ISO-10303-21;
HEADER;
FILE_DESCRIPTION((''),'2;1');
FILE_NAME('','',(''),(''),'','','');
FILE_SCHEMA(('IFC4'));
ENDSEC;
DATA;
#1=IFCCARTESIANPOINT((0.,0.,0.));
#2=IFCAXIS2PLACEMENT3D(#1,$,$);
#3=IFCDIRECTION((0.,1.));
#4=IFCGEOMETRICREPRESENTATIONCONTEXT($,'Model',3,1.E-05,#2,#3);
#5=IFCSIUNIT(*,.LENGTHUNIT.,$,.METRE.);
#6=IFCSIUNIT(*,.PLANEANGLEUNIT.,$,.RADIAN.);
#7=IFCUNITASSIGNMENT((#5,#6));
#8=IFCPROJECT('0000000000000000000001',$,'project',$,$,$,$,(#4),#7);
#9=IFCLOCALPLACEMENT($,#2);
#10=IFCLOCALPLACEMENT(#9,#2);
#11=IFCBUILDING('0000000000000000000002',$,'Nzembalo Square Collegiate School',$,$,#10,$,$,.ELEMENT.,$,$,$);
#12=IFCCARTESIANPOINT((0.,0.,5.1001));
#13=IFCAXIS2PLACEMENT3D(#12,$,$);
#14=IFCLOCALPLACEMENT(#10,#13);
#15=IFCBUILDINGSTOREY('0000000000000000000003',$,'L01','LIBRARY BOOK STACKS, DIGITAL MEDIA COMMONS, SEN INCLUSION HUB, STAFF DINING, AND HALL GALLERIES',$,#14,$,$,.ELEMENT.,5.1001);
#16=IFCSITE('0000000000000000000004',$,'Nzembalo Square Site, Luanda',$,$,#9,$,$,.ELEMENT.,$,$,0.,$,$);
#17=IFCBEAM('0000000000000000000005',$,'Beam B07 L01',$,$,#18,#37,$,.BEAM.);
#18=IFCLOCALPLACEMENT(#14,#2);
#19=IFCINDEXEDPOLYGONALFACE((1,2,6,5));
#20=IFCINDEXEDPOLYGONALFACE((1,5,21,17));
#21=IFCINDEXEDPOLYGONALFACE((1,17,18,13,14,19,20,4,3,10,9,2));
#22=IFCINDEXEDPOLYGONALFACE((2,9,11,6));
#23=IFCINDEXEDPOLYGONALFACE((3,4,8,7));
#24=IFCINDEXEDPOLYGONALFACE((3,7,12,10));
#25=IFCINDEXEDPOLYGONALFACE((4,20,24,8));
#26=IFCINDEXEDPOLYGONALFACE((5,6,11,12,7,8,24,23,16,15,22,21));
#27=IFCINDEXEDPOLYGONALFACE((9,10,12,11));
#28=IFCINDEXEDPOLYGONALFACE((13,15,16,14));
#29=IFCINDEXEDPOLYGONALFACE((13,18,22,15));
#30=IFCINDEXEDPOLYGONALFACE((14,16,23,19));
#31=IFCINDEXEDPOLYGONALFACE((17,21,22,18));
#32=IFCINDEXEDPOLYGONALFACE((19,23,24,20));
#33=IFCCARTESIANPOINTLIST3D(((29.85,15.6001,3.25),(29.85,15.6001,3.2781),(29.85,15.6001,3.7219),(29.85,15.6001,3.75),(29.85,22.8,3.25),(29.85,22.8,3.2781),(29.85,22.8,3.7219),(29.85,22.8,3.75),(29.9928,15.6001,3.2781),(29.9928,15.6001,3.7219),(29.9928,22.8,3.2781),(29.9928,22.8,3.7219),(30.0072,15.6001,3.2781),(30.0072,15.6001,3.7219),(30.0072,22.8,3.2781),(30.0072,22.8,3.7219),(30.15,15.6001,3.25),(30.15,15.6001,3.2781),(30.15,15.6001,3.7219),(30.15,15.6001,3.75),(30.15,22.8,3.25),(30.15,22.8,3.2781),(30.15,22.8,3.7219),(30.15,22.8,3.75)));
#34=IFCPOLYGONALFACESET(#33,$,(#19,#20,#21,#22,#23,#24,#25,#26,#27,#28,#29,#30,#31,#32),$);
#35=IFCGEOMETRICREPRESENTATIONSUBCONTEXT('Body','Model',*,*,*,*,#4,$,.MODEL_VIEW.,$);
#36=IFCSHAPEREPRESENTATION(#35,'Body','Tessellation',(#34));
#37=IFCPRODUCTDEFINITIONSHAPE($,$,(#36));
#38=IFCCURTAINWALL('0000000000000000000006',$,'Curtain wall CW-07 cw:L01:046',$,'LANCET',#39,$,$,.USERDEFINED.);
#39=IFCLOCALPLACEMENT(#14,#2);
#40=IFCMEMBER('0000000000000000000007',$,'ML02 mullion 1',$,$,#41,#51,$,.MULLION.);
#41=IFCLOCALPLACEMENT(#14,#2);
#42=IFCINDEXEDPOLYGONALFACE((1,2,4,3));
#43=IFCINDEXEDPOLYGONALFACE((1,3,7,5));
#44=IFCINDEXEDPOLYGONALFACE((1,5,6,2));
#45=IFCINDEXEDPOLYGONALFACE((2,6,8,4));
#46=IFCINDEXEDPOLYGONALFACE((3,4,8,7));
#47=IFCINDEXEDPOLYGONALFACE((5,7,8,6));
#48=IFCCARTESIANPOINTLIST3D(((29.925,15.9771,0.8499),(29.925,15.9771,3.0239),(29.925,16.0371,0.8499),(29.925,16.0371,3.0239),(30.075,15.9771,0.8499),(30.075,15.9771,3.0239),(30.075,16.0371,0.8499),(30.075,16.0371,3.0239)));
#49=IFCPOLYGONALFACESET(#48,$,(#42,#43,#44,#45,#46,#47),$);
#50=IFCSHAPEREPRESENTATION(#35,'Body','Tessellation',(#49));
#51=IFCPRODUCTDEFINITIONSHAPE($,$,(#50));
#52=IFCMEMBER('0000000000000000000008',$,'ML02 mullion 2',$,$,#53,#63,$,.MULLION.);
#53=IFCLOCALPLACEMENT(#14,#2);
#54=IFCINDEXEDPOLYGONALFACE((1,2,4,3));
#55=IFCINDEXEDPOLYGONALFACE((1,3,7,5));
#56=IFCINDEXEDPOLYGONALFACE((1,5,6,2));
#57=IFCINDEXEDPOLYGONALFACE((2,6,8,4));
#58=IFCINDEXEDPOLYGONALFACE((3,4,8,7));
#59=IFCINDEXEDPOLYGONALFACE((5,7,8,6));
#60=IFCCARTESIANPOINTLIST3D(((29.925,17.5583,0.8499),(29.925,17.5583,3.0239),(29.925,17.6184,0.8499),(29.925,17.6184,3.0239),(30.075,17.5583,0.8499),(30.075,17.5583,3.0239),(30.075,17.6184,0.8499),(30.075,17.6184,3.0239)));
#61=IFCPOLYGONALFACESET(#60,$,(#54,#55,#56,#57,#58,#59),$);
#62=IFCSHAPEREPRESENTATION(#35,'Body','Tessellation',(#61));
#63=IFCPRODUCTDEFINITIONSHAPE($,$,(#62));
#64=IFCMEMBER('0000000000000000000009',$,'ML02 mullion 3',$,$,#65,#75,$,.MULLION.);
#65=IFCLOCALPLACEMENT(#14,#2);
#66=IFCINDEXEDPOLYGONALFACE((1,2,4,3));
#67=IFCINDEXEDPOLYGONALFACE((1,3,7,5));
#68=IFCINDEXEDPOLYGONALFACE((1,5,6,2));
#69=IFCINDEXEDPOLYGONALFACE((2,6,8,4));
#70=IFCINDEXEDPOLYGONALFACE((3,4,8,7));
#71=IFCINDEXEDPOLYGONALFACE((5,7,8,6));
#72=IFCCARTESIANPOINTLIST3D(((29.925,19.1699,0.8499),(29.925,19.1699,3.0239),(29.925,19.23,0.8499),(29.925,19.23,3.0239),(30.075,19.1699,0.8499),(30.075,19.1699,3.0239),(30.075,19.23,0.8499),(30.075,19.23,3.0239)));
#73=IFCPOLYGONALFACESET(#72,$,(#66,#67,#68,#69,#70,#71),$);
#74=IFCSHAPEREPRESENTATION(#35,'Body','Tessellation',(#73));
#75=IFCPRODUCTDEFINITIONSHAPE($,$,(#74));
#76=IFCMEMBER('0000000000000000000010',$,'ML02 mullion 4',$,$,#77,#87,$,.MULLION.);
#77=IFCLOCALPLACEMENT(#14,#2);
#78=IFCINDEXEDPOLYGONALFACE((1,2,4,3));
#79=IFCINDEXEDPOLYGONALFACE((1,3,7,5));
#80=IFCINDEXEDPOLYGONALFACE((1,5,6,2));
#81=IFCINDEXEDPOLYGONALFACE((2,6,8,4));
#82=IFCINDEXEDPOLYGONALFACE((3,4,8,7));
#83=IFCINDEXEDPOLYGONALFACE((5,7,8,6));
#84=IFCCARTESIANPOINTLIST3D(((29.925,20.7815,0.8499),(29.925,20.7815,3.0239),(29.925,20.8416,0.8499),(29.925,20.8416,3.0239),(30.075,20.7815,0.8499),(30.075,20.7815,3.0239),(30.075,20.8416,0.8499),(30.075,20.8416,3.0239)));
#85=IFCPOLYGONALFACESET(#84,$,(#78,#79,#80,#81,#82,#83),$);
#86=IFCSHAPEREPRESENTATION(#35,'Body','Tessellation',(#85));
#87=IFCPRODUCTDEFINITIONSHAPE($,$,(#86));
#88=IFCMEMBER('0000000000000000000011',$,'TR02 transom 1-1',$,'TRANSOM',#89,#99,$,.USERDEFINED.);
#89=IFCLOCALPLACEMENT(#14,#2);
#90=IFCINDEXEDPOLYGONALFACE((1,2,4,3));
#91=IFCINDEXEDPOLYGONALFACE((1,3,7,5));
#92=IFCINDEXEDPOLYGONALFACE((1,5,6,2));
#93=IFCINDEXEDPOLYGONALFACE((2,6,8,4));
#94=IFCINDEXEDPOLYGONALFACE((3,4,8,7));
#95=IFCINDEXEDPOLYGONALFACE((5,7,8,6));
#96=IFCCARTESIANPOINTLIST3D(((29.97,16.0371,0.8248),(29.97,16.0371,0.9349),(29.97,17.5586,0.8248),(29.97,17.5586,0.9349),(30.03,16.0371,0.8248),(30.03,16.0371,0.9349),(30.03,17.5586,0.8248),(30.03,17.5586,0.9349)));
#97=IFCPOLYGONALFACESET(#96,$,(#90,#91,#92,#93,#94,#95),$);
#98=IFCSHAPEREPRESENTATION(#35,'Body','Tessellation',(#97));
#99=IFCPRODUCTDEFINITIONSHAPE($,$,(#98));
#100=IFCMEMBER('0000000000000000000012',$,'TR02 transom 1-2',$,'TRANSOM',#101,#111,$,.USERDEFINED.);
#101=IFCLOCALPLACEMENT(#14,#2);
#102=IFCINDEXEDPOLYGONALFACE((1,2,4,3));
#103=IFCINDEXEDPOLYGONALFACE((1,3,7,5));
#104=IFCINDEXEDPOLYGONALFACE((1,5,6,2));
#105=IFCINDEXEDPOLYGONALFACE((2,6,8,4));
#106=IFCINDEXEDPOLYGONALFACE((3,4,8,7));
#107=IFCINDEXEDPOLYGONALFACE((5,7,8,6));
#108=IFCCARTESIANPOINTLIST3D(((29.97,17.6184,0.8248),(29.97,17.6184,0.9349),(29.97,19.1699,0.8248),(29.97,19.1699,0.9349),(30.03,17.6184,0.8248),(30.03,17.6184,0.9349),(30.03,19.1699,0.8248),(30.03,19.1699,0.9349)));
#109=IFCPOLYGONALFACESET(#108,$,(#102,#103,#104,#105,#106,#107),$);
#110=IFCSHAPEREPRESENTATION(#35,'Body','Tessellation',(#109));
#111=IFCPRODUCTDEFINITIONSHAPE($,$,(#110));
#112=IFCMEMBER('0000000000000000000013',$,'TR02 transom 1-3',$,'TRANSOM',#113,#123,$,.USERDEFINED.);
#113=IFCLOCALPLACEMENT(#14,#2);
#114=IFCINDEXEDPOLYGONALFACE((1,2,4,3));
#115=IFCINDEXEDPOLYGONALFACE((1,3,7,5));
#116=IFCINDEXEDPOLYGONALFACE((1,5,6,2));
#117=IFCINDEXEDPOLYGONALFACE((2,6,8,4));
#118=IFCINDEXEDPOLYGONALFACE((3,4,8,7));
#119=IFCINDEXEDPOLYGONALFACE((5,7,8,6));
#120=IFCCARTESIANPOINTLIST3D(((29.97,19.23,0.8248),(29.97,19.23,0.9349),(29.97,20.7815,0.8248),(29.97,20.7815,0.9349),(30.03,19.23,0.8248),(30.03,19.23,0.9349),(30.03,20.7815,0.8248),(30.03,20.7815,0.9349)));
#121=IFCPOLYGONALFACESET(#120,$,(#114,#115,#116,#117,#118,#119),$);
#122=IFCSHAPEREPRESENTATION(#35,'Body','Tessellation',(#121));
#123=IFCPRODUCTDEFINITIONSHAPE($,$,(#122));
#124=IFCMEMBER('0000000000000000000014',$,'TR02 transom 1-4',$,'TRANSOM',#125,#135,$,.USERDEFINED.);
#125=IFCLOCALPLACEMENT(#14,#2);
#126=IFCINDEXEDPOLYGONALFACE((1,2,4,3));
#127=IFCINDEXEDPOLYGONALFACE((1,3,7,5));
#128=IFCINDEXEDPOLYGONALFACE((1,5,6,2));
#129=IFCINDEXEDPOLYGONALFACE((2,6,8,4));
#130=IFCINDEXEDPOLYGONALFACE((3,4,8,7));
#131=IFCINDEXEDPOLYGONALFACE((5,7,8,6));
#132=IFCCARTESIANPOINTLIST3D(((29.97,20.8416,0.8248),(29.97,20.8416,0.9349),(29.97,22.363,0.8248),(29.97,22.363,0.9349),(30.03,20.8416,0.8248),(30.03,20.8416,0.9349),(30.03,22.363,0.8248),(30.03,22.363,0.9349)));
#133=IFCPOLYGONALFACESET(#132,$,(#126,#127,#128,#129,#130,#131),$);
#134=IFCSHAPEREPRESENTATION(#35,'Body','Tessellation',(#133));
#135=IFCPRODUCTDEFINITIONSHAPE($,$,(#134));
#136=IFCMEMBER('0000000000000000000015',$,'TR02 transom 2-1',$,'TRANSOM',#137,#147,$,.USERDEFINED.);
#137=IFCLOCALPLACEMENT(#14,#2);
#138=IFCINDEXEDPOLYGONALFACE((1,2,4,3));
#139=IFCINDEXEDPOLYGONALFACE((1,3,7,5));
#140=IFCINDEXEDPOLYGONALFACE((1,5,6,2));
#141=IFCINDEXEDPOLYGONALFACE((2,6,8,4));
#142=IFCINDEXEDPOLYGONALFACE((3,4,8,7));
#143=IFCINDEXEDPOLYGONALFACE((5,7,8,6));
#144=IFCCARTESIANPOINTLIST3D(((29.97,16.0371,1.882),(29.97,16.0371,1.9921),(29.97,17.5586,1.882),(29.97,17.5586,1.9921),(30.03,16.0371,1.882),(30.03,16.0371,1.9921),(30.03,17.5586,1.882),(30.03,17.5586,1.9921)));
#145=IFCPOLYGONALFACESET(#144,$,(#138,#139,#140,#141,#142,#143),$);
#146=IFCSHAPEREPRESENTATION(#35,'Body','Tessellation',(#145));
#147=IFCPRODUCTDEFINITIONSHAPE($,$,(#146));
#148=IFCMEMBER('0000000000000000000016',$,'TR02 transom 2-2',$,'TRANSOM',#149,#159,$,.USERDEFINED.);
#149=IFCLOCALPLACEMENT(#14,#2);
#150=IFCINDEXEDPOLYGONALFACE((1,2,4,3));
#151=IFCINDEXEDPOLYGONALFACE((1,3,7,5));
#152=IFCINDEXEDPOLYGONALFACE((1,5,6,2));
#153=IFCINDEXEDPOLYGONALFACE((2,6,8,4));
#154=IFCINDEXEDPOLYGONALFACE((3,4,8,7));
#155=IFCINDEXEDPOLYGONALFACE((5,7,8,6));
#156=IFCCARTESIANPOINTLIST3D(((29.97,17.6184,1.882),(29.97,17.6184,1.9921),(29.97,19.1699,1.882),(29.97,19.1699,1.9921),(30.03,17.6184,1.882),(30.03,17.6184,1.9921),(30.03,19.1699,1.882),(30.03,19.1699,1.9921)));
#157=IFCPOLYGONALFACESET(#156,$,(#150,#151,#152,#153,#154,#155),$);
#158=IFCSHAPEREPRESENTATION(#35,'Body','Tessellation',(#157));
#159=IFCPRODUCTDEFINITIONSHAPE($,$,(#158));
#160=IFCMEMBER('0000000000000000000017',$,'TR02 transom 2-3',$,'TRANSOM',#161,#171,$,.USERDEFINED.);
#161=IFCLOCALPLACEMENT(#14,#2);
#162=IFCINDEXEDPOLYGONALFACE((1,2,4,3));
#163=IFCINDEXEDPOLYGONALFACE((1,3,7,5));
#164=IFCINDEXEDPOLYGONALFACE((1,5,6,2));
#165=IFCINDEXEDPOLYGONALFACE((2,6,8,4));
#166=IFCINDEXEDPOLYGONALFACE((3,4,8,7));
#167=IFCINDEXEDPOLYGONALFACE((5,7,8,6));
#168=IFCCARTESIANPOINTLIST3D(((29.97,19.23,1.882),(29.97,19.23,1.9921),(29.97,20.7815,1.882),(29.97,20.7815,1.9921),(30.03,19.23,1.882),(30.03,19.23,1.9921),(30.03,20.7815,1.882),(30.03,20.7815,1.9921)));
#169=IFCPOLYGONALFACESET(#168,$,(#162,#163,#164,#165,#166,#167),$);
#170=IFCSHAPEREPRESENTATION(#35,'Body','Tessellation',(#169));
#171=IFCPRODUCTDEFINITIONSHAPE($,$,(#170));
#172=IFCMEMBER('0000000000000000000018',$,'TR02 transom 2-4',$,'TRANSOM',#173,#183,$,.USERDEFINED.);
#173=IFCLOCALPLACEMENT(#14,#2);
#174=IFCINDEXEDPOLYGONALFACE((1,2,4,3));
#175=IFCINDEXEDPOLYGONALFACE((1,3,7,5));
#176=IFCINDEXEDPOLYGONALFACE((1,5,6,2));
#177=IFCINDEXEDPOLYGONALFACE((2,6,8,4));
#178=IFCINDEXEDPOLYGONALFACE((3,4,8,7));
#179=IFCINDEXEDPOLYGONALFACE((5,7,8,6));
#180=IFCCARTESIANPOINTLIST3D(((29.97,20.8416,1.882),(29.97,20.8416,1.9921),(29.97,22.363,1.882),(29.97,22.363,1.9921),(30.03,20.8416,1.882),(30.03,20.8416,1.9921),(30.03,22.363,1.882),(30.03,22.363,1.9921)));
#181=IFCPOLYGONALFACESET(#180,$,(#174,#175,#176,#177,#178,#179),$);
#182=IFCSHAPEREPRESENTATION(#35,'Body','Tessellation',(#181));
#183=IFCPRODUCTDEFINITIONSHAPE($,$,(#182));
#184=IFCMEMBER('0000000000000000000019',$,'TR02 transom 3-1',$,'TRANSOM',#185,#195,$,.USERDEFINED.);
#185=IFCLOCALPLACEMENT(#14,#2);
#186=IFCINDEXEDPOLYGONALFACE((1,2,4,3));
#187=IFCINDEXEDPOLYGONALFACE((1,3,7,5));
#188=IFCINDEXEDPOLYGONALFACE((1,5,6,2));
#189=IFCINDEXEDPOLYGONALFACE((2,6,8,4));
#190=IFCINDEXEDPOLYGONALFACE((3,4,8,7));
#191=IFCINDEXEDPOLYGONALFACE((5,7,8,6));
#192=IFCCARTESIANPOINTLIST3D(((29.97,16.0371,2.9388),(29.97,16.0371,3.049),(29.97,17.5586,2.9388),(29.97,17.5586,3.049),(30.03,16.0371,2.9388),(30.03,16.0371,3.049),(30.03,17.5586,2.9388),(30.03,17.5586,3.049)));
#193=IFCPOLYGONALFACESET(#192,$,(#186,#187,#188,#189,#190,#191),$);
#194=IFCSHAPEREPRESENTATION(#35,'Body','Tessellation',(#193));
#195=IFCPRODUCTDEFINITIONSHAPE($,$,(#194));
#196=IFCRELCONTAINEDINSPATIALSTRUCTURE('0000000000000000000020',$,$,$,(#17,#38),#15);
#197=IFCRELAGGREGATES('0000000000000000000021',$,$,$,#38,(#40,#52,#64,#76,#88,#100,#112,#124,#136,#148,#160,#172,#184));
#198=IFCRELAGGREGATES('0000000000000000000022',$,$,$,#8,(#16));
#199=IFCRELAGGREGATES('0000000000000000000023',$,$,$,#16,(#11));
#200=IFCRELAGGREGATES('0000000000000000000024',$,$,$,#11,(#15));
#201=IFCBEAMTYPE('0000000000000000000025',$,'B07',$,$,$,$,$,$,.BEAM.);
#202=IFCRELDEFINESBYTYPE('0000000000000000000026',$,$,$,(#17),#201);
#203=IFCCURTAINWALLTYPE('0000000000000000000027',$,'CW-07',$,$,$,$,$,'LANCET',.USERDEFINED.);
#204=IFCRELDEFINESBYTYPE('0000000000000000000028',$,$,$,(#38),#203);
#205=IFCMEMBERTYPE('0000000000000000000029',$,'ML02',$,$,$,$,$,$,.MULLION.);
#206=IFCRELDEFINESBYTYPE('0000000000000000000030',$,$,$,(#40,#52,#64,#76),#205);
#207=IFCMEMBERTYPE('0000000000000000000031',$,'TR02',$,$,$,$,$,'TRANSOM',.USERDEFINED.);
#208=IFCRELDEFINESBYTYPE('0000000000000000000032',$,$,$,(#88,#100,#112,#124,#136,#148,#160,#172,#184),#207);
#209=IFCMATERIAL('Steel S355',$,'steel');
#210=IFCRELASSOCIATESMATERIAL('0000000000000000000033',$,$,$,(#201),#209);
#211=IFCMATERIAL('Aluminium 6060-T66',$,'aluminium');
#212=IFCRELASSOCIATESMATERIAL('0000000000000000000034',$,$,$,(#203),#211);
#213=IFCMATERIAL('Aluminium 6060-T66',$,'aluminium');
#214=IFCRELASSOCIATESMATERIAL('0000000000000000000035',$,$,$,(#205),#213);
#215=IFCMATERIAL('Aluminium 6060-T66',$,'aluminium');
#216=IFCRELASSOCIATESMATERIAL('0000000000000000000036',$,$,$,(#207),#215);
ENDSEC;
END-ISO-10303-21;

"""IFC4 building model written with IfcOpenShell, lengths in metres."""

from ifc_helpers import new_model, si_unit, direction, frame, origin, origin_2d, place, context, subcontext, project, spatial, rectangle, i_section, extrude, material, material_profile, profile_set, type_object, element, aggregate, save


model = new_model("IFC4")

# Units and contexts
model_context = context("Model", 3, precision=1e-05, world=origin(), true_north=direction((0.0, 1.0)))
body_context = subcontext(model_context, "Body", "Model", "MODEL_VIEW")
ifc_project = project(units=[si_unit("LENGTHUNIT", "METRE"), si_unit("PLANEANGLEUNIT", "RADIAN")], contexts=[model_context])

# Site, building, storey
site_placement = place(None, origin())
site = spatial("IfcSite", under=ifc_project, at=site_placement, Name="Nzembalo Square Site, Luanda", CompositionType="ELEMENT", RefElevation=0.0)
building_placement = place(site_placement, origin())
building = spatial("IfcBuilding", under=site, at=building_placement, Name="Nzembalo Square Collegiate School", CompositionType="ELEMENT")
storey_placement = place(building_placement, frame((0.0, 0.0, 5.1001)))
storey = spatial("IfcBuildingStorey", under=building, at=storey_placement, Name="L01", Description="LIBRARY BOOK STACKS, DIGITAL MEDIA COMMONS, SEN INCLUSION HUB, STAFF DINING, AND HALL GALLERIES", CompositionType="ELEMENT", Elevation=5.1001)

# Beam
ifc_material_1 = material(Name="Steel S355", Category="steel")
ifc_material_profile_1 = material_profile(ifc_material_1, i_section(OverallWidth=0.3, OverallDepth=0.5, WebThickness=0.0144, FlangeThickness=0.0281, at=origin_2d()), Name="HEB 500")
ifc_profile_set_1 = profile_set([ifc_material_profile_1], Name="Steel S355")
beam_type = type_object("IfcBeamType", Name="B07", PredefinedType="BEAM", material=ifc_profile_set_1)
beam_placement = place(storey_placement, frame((30.0, 15.6001, 3.5), z_axis=(0.0, 1.0, 0.0), x_axis=(-1.0, 0.0, 0.0)))
element("IfcBeam", 1, at=beam_placement, inside=storey, type_object=beam_type, Name="Beam B07 L01", PredefinedType="BEAM", context=body_context, shape_type="SweptSolid", body=[
    extrude(i_section(OverallWidth=0.3, OverallDepth=0.5, WebThickness=0.0144, FlangeThickness=0.0281, at=origin_2d()), origin(), (0.0, 0.0, 1.0), 7.2),
])

# Curtain wall, members
ifc_material_2 = material(Name="Aluminium 6060-T66", Category="aluminium")
curtain_wall_type = type_object("IfcCurtainWallType", Name="CW-07", ElementType="LANCET", PredefinedType="USERDEFINED", material=ifc_material_2)
curtain_wall_placement = place(storey_placement, origin())
curtain_wall = element("IfcCurtainWall", 2, at=curtain_wall_placement, inside=storey, type_object=curtain_wall_type, Name="Curtain wall CW-07 cw:L01:046", ObjectType="LANCET", PredefinedType="USERDEFINED")
ifc_material_3 = material(Name="Aluminium 6060-T66", Category="aluminium")
ifc_material_profile_2 = material_profile(ifc_material_3, rectangle(XDim=0.0601, YDim=0.1499, at=origin_2d()), Name="ALU M60x150")
ifc_profile_set_2 = profile_set([ifc_material_profile_2], Name="Aluminium 6060-T66")
member_type_1 = type_object("IfcMemberType", Name="ML02", PredefinedType="MULLION", material=ifc_profile_set_2)
member_1_placement = place(storey_placement, frame((30.0, 16.0071, 0.8499), z_axis=(0.0, 0.0, 1.0), x_axis=(0.0, 1.0, 0.0)))
member_1 = element("IfcMember", 3, at=member_1_placement, type_object=member_type_1, Name="ML02 mullion 1", PredefinedType="MULLION", context=body_context, shape_type="SweptSolid", body=[
    extrude(rectangle(XDim=0.0601, YDim=0.1499, at=origin_2d()), origin(), (0.0, 0.0, 1.0), 2.1741),
])
member_2_placement = place(storey_placement, frame((30.0, 17.5884, 0.8499), z_axis=(0.0, 0.0, 1.0), x_axis=(0.0, 1.0, 0.0)))
member_2 = element("IfcMember", 4, at=member_2_placement, type_object=member_type_1, Name="ML02 mullion 2", PredefinedType="MULLION", context=body_context, shape_type="SweptSolid", body=[
    extrude(rectangle(XDim=0.0601, YDim=0.1499, at=origin_2d()), origin(), (0.0, 0.0, 1.0), 2.1741),
])
member_3_placement = place(storey_placement, frame((30.0, 19.2, 0.8499), z_axis=(0.0, 0.0, 1.0), x_axis=(0.0, 1.0, 0.0)))
member_3 = element("IfcMember", 5, at=member_3_placement, type_object=member_type_1, Name="ML02 mullion 3", PredefinedType="MULLION", context=body_context, shape_type="SweptSolid", body=[
    extrude(rectangle(XDim=0.0601, YDim=0.1499, at=origin_2d()), origin(), (0.0, 0.0, 1.0), 2.1741),
])
member_4_placement = place(storey_placement, frame((30.0, 20.8115, 0.8499), z_axis=(0.0, 0.0, 1.0), x_axis=(0.0, 1.0, 0.0)))
member_4 = element("IfcMember", 6, at=member_4_placement, type_object=member_type_1, Name="ML02 mullion 4", PredefinedType="MULLION", context=body_context, shape_type="SweptSolid", body=[
    extrude(rectangle(XDim=0.0601, YDim=0.1499, at=origin_2d()), origin(), (0.0, 0.0, 1.0), 2.1741),
])
ifc_material_4 = material(Name="Aluminium 6060-T66", Category="aluminium")
ifc_material_profile_3 = material_profile(ifc_material_4, rectangle(XDim=0.0601, YDim=0.1101, at=origin_2d()), Name="ALU T60x110")
ifc_profile_set_3 = profile_set([ifc_material_profile_3], Name="Aluminium 6060-T66")
member_type_2 = type_object("IfcMemberType", Name="TR02", ElementType="TRANSOM", PredefinedType="USERDEFINED", material=ifc_profile_set_3)
member_5_placement = place(storey_placement, frame((30.0, 16.0371, 0.8799), z_axis=(0.0, 1.0, 0.0), x_axis=(-1.0, 0.0, 0.0)))
member_5 = element("IfcMember", 7, at=member_5_placement, type_object=member_type_2, Name="TR02 transom 1-1", ObjectType="TRANSOM", PredefinedType="USERDEFINED", context=body_context, shape_type="SweptSolid", body=[
    extrude(rectangle(XDim=0.0601, YDim=0.1101, at=origin_2d()), origin(), (0.0, 0.0, 1.0), 1.5215),
])
member_6_placement = place(storey_placement, frame((30.0, 17.6184, 0.8799), z_axis=(0.0, 1.0, 0.0), x_axis=(-1.0, 0.0, 0.0)))
member_6 = element("IfcMember", 8, at=member_6_placement, type_object=member_type_2, Name="TR02 transom 1-2", ObjectType="TRANSOM", PredefinedType="USERDEFINED", context=body_context, shape_type="SweptSolid", body=[
    extrude(rectangle(XDim=0.0601, YDim=0.1101, at=origin_2d()), origin(), (0.0, 0.0, 1.0), 1.5515),
])
member_7_placement = place(storey_placement, frame((30.0, 19.23, 0.8799), z_axis=(0.0, 1.0, 0.0), x_axis=(-1.0, 0.0, 0.0)))
member_7 = element("IfcMember", 9, at=member_7_placement, type_object=member_type_2, Name="TR02 transom 1-3", ObjectType="TRANSOM", PredefinedType="USERDEFINED", context=body_context, shape_type="SweptSolid", body=[
    extrude(rectangle(XDim=0.0601, YDim=0.1101, at=origin_2d()), origin(), (0.0, 0.0, 1.0), 1.5515),
])
member_8_placement = place(storey_placement, frame((30.0, 20.8416, 0.8799), z_axis=(0.0, 1.0, 0.0), x_axis=(-1.0, 0.0, 0.0)))
member_8 = element("IfcMember", 10, at=member_8_placement, type_object=member_type_2, Name="TR02 transom 1-4", ObjectType="TRANSOM", PredefinedType="USERDEFINED", context=body_context, shape_type="SweptSolid", body=[
    extrude(rectangle(XDim=0.0601, YDim=0.1101, at=origin_2d()), origin(), (0.0, 0.0, 1.0), 1.5215),
])
member_9_placement = place(storey_placement, frame((30.0, 16.0371, 1.937), z_axis=(0.0, 1.0, 0.0), x_axis=(-1.0, 0.0, 0.0)))
member_9 = element("IfcMember", 11, at=member_9_placement, type_object=member_type_2, Name="TR02 transom 2-1", ObjectType="TRANSOM", PredefinedType="USERDEFINED", context=body_context, shape_type="SweptSolid", body=[
    extrude(rectangle(XDim=0.0601, YDim=0.1101, at=origin_2d()), origin(), (0.0, 0.0, 1.0), 1.5215),
])
member_10_placement = place(storey_placement, frame((30.0, 17.6184, 1.937), z_axis=(0.0, 1.0, 0.0), x_axis=(-1.0, 0.0, 0.0)))
member_10 = element("IfcMember", 12, at=member_10_placement, type_object=member_type_2, Name="TR02 transom 2-2", ObjectType="TRANSOM", PredefinedType="USERDEFINED", context=body_context, shape_type="SweptSolid", body=[
    extrude(rectangle(XDim=0.0601, YDim=0.1101, at=origin_2d()), origin(), (0.0, 0.0, 1.0), 1.5515),
])
member_11_placement = place(storey_placement, frame((30.0, 19.23, 1.937), z_axis=(0.0, 1.0, 0.0), x_axis=(-1.0, 0.0, 0.0)))
member_11 = element("IfcMember", 13, at=member_11_placement, type_object=member_type_2, Name="TR02 transom 2-3", ObjectType="TRANSOM", PredefinedType="USERDEFINED", context=body_context, shape_type="SweptSolid", body=[
    extrude(rectangle(XDim=0.0601, YDim=0.1101, at=origin_2d()), origin(), (0.0, 0.0, 1.0), 1.5515),
])
member_12_placement = place(storey_placement, frame((30.0, 20.8416, 1.937), z_axis=(0.0, 1.0, 0.0), x_axis=(-1.0, 0.0, 0.0)))
member_12 = element("IfcMember", 14, at=member_12_placement, type_object=member_type_2, Name="TR02 transom 2-4", ObjectType="TRANSOM", PredefinedType="USERDEFINED", context=body_context, shape_type="SweptSolid", body=[
    extrude(rectangle(XDim=0.0601, YDim=0.1101, at=origin_2d()), origin(), (0.0, 0.0, 1.0), 1.5215),
])
member_13_placement = place(storey_placement, frame((30.0, 16.0371, 2.9939), z_axis=(0.0, 1.0, 0.0), x_axis=(-1.0, 0.0, 0.0)))
member_13 = element("IfcMember", 15, at=member_13_placement, type_object=member_type_2, Name="TR02 transom 3-1", ObjectType="TRANSOM", PredefinedType="USERDEFINED", context=body_context, shape_type="SweptSolid", body=[
    extrude(rectangle(XDim=0.0601, YDim=0.1101, at=origin_2d()), origin(), (0.0, 0.0, 1.0), 1.5215),
])

aggregate(curtain_wall, [member_1, member_2, member_3, member_4, member_5, member_6, member_7, member_8, member_9, member_10, member_11, member_12, member_13])

save(model, "model.ifc")
